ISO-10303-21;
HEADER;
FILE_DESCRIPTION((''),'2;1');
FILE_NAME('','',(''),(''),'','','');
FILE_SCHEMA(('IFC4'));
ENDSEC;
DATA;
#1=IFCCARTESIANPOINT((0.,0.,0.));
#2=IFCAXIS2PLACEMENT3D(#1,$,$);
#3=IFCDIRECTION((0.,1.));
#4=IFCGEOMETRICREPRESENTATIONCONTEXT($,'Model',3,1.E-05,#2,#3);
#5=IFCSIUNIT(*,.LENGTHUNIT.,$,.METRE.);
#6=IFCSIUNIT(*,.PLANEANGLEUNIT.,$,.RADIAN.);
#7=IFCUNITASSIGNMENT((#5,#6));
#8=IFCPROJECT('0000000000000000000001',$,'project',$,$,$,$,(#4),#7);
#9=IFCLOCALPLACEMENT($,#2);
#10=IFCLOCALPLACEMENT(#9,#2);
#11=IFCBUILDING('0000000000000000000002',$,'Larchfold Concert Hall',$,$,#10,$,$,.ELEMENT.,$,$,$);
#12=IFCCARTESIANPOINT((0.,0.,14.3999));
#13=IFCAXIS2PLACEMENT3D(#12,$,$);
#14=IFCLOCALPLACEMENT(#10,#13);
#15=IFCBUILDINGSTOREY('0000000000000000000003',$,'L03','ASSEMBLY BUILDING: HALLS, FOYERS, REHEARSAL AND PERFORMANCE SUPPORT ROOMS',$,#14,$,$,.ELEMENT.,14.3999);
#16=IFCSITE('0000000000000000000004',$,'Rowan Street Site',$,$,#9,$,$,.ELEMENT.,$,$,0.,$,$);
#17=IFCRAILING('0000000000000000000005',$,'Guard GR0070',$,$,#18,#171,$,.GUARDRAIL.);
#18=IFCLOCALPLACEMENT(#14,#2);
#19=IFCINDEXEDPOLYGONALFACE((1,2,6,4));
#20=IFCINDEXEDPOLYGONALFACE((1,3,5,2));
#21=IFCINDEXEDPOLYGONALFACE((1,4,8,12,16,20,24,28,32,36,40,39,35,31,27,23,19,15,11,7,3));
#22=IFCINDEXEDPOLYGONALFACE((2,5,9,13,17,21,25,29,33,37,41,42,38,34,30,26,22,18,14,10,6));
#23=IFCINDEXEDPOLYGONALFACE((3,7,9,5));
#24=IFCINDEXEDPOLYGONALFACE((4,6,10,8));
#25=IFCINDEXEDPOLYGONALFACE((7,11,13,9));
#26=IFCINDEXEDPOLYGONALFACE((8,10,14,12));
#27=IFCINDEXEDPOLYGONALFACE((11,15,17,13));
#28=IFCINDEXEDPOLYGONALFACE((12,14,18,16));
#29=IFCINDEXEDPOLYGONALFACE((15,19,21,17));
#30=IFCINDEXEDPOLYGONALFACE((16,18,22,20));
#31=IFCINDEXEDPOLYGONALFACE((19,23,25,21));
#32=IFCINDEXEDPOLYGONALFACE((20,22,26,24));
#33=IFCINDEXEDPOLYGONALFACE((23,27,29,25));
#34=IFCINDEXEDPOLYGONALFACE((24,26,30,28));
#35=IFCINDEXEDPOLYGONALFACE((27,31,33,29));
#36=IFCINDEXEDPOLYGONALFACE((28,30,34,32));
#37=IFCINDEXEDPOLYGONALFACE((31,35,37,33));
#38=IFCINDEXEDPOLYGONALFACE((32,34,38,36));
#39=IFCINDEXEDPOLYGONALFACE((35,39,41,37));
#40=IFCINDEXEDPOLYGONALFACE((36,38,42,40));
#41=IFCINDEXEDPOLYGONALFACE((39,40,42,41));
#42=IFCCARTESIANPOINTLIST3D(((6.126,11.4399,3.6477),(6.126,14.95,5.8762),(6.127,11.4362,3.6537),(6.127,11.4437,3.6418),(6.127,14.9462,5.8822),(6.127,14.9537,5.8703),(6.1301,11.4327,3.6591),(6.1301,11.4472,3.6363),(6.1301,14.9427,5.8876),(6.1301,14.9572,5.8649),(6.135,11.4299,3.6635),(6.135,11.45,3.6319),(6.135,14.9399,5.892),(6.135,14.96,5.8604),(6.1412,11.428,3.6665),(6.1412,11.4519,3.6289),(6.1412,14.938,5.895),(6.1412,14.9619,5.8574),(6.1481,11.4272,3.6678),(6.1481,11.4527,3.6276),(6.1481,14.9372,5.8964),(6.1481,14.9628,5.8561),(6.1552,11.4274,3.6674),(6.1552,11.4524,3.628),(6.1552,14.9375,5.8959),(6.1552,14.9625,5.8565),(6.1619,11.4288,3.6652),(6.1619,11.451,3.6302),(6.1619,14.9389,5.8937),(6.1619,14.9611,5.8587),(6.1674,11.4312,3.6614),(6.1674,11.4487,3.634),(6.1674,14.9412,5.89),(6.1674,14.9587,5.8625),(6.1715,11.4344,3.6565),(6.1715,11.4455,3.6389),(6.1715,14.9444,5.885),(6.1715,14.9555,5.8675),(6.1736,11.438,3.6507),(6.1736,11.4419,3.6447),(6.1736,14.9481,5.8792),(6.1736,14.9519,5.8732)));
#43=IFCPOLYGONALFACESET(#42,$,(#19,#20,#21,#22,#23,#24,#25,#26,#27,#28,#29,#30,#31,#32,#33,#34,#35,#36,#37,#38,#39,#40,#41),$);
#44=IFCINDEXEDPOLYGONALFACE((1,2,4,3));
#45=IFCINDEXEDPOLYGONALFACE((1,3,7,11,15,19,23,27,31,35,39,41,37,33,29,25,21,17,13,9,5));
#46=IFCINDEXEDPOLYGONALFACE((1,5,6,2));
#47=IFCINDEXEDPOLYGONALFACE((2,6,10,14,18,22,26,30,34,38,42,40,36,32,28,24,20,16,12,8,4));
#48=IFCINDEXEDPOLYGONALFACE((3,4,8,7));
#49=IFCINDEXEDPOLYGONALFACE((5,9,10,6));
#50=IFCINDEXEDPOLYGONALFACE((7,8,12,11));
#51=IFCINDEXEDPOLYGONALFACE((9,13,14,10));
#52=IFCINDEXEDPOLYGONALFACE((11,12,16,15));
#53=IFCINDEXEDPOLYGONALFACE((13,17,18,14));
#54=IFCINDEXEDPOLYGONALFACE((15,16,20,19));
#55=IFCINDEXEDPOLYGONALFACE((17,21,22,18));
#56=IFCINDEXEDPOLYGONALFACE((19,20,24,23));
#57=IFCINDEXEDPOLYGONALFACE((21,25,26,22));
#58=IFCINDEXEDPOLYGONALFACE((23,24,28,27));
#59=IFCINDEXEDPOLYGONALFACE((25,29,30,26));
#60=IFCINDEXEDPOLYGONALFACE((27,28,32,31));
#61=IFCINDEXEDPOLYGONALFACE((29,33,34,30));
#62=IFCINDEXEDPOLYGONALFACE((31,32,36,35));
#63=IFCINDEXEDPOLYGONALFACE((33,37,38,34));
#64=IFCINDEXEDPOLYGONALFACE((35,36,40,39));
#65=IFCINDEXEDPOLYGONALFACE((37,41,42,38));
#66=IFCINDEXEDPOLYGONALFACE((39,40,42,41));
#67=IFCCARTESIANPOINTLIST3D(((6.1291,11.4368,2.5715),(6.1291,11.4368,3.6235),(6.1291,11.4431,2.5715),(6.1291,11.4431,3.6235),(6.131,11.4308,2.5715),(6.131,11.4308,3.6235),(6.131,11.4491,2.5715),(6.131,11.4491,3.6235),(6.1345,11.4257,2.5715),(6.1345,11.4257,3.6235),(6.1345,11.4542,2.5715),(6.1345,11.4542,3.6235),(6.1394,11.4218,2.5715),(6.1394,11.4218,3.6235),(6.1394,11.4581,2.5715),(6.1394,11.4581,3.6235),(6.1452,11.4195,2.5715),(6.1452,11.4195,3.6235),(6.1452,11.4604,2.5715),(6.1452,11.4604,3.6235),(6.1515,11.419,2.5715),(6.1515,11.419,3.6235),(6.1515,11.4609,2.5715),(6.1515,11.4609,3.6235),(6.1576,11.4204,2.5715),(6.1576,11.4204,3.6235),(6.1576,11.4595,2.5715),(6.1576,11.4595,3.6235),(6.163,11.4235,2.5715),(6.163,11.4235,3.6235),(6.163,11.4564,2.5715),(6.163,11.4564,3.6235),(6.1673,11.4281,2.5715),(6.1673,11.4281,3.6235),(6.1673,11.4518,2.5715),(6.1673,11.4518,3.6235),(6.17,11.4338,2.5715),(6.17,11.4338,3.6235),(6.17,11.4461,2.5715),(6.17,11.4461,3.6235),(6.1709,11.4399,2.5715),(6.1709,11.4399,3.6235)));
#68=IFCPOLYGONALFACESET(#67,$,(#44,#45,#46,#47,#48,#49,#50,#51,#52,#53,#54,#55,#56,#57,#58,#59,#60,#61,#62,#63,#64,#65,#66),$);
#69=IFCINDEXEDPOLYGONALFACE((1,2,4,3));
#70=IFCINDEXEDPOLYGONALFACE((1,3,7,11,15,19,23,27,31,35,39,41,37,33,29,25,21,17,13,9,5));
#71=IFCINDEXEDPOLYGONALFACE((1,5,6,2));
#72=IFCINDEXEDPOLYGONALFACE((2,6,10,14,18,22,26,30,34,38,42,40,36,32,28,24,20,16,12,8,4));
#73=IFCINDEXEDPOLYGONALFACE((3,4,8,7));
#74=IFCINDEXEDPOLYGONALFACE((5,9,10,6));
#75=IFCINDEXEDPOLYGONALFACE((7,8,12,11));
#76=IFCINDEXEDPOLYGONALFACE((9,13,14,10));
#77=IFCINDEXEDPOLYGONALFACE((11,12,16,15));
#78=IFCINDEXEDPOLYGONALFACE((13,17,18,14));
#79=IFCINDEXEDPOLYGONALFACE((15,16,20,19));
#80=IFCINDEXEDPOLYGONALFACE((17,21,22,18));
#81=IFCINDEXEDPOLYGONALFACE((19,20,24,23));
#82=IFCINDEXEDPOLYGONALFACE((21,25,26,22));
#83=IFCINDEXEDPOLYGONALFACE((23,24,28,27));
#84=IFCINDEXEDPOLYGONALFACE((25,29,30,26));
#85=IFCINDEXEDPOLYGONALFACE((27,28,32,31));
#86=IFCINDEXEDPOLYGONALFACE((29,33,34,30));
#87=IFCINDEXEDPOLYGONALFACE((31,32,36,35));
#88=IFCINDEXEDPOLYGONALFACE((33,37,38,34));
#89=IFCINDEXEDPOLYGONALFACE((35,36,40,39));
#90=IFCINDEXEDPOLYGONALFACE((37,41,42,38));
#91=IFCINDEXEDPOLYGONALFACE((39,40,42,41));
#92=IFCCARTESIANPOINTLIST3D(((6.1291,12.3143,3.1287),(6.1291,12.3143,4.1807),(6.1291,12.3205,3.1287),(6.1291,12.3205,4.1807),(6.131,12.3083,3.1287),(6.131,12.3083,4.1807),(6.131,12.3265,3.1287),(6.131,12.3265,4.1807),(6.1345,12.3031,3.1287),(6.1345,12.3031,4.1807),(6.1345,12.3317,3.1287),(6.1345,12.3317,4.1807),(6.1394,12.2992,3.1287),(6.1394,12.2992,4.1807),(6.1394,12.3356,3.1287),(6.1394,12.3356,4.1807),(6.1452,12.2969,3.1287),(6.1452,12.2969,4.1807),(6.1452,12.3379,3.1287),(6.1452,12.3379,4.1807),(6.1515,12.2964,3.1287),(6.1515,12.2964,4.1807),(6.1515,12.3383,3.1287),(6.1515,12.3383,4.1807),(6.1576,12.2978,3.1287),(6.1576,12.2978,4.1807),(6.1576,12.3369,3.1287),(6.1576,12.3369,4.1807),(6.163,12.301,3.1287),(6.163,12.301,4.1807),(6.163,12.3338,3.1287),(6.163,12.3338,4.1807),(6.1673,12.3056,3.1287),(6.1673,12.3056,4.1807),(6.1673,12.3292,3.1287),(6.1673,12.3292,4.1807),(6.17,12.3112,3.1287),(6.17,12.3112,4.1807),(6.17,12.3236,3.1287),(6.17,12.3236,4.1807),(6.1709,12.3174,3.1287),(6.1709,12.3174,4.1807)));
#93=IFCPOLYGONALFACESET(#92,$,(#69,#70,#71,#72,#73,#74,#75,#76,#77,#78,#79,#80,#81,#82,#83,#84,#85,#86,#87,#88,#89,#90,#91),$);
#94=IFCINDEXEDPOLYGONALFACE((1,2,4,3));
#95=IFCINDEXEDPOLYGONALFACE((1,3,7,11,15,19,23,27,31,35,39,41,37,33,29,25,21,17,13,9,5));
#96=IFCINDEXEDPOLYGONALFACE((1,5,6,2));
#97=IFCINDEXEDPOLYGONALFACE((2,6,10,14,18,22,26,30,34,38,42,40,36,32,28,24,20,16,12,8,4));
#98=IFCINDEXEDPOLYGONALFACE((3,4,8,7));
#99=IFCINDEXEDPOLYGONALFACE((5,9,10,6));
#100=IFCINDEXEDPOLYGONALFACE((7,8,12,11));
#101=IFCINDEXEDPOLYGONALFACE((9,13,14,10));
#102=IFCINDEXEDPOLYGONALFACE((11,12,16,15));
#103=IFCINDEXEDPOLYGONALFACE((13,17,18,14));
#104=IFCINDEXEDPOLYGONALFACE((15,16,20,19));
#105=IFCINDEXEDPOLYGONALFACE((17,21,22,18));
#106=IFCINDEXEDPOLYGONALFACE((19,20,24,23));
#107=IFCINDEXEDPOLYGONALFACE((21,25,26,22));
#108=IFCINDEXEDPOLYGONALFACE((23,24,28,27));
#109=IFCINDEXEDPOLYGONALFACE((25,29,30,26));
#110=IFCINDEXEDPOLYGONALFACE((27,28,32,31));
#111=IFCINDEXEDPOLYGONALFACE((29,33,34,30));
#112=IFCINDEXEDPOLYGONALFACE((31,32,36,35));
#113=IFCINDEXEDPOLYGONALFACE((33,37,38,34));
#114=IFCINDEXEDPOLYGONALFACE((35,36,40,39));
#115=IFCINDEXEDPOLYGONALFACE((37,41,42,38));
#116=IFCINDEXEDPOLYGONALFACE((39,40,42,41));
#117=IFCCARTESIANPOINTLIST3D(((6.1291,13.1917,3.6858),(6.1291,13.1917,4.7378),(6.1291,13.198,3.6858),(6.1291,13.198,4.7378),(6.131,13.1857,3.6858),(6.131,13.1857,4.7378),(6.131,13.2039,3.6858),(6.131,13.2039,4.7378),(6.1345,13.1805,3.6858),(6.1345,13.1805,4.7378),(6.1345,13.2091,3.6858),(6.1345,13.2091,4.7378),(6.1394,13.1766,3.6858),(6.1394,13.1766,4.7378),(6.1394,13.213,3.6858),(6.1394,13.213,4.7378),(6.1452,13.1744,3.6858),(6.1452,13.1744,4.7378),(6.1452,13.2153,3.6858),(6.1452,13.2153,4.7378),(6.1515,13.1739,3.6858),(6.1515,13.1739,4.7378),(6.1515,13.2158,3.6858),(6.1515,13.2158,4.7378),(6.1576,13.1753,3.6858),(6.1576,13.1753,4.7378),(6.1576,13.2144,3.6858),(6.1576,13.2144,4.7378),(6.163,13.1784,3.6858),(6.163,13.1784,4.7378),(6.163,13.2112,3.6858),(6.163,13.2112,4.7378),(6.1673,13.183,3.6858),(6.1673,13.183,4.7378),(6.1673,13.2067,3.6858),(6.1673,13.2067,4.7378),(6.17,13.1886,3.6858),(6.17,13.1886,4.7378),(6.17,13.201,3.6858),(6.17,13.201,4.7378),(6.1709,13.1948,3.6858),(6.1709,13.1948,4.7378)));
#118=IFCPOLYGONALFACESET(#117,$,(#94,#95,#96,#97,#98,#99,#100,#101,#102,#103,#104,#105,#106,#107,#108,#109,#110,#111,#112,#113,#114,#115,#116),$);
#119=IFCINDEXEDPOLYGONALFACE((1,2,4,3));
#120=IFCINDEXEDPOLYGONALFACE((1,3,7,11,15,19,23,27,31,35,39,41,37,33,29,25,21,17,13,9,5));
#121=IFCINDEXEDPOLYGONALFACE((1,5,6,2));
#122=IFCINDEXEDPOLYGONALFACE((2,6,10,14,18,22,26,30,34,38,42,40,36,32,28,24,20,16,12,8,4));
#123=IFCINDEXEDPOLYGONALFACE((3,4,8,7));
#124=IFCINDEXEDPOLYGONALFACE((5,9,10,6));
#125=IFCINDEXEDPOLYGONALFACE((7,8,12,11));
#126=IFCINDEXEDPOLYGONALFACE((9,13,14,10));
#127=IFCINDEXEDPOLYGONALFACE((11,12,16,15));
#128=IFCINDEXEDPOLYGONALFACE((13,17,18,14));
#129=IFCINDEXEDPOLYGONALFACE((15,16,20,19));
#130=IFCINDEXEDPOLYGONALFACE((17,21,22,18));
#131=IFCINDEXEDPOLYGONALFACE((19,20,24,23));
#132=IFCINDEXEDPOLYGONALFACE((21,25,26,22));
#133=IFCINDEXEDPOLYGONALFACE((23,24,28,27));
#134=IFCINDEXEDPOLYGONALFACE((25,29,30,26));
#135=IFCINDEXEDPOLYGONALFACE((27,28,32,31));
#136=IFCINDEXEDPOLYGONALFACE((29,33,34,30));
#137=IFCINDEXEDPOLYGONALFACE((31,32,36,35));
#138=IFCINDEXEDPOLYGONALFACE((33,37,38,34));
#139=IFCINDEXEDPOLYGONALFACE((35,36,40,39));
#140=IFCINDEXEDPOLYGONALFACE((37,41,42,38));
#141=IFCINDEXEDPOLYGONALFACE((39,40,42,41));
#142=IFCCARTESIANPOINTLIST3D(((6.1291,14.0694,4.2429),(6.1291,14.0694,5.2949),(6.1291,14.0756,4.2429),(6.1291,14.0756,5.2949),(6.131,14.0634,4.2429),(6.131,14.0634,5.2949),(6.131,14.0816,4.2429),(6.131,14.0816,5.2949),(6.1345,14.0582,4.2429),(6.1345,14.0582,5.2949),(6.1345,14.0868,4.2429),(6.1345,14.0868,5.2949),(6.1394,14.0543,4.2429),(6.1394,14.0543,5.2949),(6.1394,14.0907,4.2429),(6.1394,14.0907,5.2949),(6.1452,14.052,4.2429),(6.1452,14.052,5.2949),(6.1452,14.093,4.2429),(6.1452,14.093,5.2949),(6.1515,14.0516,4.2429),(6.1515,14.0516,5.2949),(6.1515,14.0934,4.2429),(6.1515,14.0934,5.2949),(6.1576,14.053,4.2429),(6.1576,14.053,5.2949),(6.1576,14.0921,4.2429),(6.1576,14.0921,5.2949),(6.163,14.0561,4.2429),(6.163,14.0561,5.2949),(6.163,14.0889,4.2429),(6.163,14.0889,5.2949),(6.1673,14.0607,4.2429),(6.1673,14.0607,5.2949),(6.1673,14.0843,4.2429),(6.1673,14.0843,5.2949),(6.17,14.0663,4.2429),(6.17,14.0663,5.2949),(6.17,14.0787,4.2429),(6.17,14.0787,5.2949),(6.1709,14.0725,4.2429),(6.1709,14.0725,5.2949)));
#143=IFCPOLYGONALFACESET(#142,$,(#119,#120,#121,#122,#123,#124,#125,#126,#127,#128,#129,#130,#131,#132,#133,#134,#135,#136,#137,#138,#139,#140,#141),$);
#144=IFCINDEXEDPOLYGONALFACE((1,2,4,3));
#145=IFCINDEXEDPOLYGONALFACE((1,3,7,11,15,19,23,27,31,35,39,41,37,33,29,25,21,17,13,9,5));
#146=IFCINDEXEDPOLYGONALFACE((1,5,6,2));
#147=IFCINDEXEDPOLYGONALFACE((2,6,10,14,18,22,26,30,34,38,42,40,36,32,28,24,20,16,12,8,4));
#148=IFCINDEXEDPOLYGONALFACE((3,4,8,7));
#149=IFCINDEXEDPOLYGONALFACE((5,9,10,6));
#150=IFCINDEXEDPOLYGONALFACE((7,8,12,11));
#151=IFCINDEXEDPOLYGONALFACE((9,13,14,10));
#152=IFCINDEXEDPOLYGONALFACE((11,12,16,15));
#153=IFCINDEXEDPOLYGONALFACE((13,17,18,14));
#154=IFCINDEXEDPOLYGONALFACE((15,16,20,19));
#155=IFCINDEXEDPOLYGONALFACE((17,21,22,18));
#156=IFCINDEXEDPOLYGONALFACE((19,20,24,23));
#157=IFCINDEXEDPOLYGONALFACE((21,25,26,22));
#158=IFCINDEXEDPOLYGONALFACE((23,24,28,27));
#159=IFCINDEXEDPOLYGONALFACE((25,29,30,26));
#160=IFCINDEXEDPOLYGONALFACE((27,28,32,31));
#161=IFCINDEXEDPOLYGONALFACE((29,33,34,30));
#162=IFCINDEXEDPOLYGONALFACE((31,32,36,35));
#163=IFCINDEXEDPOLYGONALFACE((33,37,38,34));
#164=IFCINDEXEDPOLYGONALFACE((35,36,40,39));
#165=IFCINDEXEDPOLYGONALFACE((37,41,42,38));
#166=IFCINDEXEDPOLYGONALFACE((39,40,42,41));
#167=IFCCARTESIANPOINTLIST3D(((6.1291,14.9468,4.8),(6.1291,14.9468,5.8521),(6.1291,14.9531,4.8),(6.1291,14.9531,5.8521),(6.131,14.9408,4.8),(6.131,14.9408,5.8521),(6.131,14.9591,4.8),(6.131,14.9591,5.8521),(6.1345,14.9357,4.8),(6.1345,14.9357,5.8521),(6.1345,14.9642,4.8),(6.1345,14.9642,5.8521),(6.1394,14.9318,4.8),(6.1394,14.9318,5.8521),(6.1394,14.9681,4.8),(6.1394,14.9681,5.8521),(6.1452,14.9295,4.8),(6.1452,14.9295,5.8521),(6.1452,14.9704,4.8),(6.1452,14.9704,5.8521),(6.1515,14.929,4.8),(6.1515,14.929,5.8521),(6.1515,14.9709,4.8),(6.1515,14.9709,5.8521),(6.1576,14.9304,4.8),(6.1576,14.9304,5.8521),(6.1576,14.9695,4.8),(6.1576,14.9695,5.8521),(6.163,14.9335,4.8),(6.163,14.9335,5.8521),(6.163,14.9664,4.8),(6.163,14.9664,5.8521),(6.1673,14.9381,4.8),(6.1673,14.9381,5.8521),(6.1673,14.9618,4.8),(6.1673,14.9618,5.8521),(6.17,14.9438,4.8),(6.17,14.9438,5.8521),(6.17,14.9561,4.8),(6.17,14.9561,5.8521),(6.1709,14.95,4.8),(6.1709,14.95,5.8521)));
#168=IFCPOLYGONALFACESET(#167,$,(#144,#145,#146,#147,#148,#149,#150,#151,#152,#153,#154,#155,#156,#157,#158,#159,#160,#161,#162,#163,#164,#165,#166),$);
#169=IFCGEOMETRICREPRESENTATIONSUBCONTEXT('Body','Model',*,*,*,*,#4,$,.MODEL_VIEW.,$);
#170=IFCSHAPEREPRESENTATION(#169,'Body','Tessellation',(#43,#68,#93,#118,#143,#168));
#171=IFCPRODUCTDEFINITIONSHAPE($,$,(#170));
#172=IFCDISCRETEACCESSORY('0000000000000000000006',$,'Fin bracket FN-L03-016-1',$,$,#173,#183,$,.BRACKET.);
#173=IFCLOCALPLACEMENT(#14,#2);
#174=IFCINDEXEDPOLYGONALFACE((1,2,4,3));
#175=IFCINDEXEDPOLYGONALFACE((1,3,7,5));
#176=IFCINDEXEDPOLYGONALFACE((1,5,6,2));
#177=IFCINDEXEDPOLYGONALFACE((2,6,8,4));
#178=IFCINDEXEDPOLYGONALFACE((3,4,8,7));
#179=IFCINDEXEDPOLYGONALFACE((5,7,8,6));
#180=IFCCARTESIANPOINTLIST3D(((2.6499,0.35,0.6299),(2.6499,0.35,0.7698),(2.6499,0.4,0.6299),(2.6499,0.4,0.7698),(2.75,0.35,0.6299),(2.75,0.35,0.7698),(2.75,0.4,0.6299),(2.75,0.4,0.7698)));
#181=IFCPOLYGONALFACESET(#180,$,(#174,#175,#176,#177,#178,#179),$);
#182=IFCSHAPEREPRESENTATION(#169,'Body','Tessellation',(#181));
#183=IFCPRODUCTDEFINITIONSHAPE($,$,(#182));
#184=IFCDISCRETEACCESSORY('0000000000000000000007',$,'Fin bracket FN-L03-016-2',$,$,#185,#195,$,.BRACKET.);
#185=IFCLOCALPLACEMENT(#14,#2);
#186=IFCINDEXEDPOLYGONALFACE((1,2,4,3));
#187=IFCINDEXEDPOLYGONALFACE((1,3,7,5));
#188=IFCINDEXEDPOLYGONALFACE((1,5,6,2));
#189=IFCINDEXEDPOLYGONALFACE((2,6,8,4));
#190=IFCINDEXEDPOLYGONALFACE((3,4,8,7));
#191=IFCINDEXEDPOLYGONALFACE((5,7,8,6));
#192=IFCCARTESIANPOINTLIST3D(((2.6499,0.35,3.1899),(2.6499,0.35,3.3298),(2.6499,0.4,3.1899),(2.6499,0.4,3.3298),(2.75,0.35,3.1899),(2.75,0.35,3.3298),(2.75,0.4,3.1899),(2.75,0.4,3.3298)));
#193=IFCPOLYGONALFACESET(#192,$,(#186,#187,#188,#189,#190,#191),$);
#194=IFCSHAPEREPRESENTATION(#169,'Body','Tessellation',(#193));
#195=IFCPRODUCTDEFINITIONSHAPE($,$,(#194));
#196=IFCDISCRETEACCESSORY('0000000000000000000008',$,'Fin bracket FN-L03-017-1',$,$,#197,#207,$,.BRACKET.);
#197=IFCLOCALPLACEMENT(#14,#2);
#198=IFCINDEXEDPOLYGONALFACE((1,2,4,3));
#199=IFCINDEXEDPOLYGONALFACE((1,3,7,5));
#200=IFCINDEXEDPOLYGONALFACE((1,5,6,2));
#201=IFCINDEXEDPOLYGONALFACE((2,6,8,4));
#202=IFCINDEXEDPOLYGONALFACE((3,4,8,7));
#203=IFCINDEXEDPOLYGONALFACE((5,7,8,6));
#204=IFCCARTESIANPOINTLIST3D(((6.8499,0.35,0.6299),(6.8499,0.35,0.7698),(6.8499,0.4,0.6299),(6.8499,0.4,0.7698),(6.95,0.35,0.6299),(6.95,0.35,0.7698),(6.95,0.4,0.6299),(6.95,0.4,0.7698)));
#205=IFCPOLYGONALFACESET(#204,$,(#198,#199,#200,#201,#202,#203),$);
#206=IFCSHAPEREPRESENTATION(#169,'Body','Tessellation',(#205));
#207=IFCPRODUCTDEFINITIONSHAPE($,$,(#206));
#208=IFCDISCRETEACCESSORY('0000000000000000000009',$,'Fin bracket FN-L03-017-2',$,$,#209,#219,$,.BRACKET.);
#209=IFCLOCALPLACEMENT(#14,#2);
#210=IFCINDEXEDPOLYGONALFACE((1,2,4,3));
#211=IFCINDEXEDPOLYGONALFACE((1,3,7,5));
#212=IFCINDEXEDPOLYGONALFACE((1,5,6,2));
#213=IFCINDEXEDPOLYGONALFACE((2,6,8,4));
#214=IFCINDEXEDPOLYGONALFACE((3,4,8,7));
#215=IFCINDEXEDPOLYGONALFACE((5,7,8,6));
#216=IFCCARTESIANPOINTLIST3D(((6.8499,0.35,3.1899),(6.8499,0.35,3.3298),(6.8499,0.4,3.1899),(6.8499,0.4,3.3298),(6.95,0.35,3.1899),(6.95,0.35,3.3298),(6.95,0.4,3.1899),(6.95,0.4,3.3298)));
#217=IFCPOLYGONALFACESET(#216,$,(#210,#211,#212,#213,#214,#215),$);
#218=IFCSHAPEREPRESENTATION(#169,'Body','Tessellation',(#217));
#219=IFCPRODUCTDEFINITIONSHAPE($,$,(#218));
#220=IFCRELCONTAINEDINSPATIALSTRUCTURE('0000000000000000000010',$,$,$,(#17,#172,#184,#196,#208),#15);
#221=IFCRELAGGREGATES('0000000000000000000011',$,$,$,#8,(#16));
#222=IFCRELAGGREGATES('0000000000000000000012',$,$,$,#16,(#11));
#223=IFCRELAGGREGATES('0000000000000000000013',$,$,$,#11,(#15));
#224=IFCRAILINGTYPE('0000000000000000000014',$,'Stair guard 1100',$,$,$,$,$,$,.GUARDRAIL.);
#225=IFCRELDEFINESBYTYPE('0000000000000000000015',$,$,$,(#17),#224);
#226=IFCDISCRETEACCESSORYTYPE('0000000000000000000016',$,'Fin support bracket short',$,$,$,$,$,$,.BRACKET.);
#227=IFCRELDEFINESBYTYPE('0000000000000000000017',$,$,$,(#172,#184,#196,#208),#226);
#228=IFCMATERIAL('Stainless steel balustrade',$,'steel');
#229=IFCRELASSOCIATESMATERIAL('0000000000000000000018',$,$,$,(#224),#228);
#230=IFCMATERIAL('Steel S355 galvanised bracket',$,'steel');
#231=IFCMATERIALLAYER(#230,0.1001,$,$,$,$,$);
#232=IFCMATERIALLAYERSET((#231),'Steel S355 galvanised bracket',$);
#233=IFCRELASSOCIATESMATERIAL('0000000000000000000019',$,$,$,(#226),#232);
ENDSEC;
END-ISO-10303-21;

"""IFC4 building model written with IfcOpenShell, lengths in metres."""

from ifc_helpers import new_model, si_unit, direction, frame, origin, origin_2d, place, context, subcontext, project, spatial, rectangle, circle, extrude, material, layer, layer_set, type_object, element, save


model = new_model("IFC4")

# Units and contexts
model_context = context("Model", 3, precision=1e-05, world=origin(), true_north=direction((0.0, 1.0)))
body_context = subcontext(model_context, "Body", "Model", "MODEL_VIEW")
ifc_project = project(units=[si_unit("LENGTHUNIT", "METRE"), si_unit("PLANEANGLEUNIT", "RADIAN")], contexts=[model_context])

# Site, building, storey
site_placement = place(None, origin())
site = spatial("IfcSite", under=ifc_project, at=site_placement, Name="Rowan Street Site", CompositionType="ELEMENT", RefElevation=0.0)
building_placement = place(site_placement, origin())
building = spatial("IfcBuilding", under=site, at=building_placement, Name="Larchfold Concert Hall", CompositionType="ELEMENT")
storey_placement = place(building_placement, frame((0.0, 0.0, 14.3999)))
storey = spatial("IfcBuildingStorey", under=building, at=storey_placement, Name="L03", Description="ASSEMBLY BUILDING: HALLS, FOYERS, REHEARSAL AND PERFORMANCE SUPPORT ROOMS", CompositionType="ELEMENT", Elevation=14.3999)

# Railing
ifc_material_1 = material(Name="Stainless steel balustrade", Category="steel")
railing_type = type_object("IfcRailingType", Name="Stair guard 1100", PredefinedType="GUARDRAIL", material=ifc_material_1)
railing_1_placement = place(storey_placement, frame((6.1499, 11.4399, 2.5715)))
element("IfcRailing", 1, at=railing_1_placement, inside=storey, type_object=railing_type, Name="Guard GR0070", PredefinedType="GUARDRAIL", context=body_context, shape_type="SweptSolid", body=[
    extrude(circle(Radius=0.0239, at=origin_2d()), frame((0.0, 0.0, 1.0762), z_axis=(0.0, 0.84422, 0.535998), x_axis=(-1.0, 0.0, 0.0)), (0.0, 0.0, 1.0), 4.1577),
    extrude(circle(Radius=0.021, at=origin_2d()), origin(), (0.0, 0.0, 1.0), 1.052),
    extrude(circle(Radius=0.021, at=origin_2d()), frame((0.0, 0.8774, 0.5571)), (0.0, 0.0, 1.0), 1.052),
    extrude(circle(Radius=0.021, at=origin_2d()), frame((0.0, 1.7549, 1.1143)), (0.0, 0.0, 1.0), 1.052),
    extrude(circle(Radius=0.021, at=origin_2d()), frame((0.0, 2.6326, 1.6714)), (0.0, 0.0, 1.0), 1.052),
    extrude(circle(Radius=0.021, at=origin_2d()), frame((0.0, 3.51, 2.2285)), (0.0, 0.0, 1.0), 1.052),
])

# Discrete accessories
ifc_material_2 = material(Name="Steel S355 galvanised bracket", Category="steel")
ifc_layer_1 = layer(ifc_material_2, 0.1001)
ifc_layer_set_1 = layer_set([ifc_layer_1], Name="Steel S355 galvanised bracket")
discrete_accessory_type = type_object("IfcDiscreteAccessoryType", Name="Fin support bracket short", PredefinedType="BRACKET", material=ifc_layer_set_1)
for number, where, z_axis, x_axis, name in (
    (2, (2.7, 0.375, 0.6299), (0.0, 0.0, 1.0), (0.0, -1.0, 0.0), "Fin bracket FN-L03-016-1"),
    (3, (2.7, 0.375, 3.1899), (0.0, 0.0, 1.0), (0.0, -1.0, 0.0), "Fin bracket FN-L03-016-2"),
    (4, (6.8999, 0.375, 0.6299), (0.0, 0.0, 1.0), (0.0, -1.0, 0.0), "Fin bracket FN-L03-017-1"),
    (5, (6.8999, 0.375, 3.1899), (0.0, 0.0, 1.0), (0.0, -1.0, 0.0), "Fin bracket FN-L03-017-2"),
):
    element("IfcDiscreteAccessory", number, at=place(storey_placement, frame(where, z_axis=z_axis, x_axis=x_axis)), inside=storey, type_object=discrete_accessory_type, Name=name, PredefinedType="BRACKET", context=body_context, shape_type="SweptSolid", body=[
        extrude(rectangle(XDim=0.05, YDim=0.1001, at=origin_2d()), origin(), (0.0, 0.0, 1.0), 0.1399),
    ])

save(model, "model.ifc")
